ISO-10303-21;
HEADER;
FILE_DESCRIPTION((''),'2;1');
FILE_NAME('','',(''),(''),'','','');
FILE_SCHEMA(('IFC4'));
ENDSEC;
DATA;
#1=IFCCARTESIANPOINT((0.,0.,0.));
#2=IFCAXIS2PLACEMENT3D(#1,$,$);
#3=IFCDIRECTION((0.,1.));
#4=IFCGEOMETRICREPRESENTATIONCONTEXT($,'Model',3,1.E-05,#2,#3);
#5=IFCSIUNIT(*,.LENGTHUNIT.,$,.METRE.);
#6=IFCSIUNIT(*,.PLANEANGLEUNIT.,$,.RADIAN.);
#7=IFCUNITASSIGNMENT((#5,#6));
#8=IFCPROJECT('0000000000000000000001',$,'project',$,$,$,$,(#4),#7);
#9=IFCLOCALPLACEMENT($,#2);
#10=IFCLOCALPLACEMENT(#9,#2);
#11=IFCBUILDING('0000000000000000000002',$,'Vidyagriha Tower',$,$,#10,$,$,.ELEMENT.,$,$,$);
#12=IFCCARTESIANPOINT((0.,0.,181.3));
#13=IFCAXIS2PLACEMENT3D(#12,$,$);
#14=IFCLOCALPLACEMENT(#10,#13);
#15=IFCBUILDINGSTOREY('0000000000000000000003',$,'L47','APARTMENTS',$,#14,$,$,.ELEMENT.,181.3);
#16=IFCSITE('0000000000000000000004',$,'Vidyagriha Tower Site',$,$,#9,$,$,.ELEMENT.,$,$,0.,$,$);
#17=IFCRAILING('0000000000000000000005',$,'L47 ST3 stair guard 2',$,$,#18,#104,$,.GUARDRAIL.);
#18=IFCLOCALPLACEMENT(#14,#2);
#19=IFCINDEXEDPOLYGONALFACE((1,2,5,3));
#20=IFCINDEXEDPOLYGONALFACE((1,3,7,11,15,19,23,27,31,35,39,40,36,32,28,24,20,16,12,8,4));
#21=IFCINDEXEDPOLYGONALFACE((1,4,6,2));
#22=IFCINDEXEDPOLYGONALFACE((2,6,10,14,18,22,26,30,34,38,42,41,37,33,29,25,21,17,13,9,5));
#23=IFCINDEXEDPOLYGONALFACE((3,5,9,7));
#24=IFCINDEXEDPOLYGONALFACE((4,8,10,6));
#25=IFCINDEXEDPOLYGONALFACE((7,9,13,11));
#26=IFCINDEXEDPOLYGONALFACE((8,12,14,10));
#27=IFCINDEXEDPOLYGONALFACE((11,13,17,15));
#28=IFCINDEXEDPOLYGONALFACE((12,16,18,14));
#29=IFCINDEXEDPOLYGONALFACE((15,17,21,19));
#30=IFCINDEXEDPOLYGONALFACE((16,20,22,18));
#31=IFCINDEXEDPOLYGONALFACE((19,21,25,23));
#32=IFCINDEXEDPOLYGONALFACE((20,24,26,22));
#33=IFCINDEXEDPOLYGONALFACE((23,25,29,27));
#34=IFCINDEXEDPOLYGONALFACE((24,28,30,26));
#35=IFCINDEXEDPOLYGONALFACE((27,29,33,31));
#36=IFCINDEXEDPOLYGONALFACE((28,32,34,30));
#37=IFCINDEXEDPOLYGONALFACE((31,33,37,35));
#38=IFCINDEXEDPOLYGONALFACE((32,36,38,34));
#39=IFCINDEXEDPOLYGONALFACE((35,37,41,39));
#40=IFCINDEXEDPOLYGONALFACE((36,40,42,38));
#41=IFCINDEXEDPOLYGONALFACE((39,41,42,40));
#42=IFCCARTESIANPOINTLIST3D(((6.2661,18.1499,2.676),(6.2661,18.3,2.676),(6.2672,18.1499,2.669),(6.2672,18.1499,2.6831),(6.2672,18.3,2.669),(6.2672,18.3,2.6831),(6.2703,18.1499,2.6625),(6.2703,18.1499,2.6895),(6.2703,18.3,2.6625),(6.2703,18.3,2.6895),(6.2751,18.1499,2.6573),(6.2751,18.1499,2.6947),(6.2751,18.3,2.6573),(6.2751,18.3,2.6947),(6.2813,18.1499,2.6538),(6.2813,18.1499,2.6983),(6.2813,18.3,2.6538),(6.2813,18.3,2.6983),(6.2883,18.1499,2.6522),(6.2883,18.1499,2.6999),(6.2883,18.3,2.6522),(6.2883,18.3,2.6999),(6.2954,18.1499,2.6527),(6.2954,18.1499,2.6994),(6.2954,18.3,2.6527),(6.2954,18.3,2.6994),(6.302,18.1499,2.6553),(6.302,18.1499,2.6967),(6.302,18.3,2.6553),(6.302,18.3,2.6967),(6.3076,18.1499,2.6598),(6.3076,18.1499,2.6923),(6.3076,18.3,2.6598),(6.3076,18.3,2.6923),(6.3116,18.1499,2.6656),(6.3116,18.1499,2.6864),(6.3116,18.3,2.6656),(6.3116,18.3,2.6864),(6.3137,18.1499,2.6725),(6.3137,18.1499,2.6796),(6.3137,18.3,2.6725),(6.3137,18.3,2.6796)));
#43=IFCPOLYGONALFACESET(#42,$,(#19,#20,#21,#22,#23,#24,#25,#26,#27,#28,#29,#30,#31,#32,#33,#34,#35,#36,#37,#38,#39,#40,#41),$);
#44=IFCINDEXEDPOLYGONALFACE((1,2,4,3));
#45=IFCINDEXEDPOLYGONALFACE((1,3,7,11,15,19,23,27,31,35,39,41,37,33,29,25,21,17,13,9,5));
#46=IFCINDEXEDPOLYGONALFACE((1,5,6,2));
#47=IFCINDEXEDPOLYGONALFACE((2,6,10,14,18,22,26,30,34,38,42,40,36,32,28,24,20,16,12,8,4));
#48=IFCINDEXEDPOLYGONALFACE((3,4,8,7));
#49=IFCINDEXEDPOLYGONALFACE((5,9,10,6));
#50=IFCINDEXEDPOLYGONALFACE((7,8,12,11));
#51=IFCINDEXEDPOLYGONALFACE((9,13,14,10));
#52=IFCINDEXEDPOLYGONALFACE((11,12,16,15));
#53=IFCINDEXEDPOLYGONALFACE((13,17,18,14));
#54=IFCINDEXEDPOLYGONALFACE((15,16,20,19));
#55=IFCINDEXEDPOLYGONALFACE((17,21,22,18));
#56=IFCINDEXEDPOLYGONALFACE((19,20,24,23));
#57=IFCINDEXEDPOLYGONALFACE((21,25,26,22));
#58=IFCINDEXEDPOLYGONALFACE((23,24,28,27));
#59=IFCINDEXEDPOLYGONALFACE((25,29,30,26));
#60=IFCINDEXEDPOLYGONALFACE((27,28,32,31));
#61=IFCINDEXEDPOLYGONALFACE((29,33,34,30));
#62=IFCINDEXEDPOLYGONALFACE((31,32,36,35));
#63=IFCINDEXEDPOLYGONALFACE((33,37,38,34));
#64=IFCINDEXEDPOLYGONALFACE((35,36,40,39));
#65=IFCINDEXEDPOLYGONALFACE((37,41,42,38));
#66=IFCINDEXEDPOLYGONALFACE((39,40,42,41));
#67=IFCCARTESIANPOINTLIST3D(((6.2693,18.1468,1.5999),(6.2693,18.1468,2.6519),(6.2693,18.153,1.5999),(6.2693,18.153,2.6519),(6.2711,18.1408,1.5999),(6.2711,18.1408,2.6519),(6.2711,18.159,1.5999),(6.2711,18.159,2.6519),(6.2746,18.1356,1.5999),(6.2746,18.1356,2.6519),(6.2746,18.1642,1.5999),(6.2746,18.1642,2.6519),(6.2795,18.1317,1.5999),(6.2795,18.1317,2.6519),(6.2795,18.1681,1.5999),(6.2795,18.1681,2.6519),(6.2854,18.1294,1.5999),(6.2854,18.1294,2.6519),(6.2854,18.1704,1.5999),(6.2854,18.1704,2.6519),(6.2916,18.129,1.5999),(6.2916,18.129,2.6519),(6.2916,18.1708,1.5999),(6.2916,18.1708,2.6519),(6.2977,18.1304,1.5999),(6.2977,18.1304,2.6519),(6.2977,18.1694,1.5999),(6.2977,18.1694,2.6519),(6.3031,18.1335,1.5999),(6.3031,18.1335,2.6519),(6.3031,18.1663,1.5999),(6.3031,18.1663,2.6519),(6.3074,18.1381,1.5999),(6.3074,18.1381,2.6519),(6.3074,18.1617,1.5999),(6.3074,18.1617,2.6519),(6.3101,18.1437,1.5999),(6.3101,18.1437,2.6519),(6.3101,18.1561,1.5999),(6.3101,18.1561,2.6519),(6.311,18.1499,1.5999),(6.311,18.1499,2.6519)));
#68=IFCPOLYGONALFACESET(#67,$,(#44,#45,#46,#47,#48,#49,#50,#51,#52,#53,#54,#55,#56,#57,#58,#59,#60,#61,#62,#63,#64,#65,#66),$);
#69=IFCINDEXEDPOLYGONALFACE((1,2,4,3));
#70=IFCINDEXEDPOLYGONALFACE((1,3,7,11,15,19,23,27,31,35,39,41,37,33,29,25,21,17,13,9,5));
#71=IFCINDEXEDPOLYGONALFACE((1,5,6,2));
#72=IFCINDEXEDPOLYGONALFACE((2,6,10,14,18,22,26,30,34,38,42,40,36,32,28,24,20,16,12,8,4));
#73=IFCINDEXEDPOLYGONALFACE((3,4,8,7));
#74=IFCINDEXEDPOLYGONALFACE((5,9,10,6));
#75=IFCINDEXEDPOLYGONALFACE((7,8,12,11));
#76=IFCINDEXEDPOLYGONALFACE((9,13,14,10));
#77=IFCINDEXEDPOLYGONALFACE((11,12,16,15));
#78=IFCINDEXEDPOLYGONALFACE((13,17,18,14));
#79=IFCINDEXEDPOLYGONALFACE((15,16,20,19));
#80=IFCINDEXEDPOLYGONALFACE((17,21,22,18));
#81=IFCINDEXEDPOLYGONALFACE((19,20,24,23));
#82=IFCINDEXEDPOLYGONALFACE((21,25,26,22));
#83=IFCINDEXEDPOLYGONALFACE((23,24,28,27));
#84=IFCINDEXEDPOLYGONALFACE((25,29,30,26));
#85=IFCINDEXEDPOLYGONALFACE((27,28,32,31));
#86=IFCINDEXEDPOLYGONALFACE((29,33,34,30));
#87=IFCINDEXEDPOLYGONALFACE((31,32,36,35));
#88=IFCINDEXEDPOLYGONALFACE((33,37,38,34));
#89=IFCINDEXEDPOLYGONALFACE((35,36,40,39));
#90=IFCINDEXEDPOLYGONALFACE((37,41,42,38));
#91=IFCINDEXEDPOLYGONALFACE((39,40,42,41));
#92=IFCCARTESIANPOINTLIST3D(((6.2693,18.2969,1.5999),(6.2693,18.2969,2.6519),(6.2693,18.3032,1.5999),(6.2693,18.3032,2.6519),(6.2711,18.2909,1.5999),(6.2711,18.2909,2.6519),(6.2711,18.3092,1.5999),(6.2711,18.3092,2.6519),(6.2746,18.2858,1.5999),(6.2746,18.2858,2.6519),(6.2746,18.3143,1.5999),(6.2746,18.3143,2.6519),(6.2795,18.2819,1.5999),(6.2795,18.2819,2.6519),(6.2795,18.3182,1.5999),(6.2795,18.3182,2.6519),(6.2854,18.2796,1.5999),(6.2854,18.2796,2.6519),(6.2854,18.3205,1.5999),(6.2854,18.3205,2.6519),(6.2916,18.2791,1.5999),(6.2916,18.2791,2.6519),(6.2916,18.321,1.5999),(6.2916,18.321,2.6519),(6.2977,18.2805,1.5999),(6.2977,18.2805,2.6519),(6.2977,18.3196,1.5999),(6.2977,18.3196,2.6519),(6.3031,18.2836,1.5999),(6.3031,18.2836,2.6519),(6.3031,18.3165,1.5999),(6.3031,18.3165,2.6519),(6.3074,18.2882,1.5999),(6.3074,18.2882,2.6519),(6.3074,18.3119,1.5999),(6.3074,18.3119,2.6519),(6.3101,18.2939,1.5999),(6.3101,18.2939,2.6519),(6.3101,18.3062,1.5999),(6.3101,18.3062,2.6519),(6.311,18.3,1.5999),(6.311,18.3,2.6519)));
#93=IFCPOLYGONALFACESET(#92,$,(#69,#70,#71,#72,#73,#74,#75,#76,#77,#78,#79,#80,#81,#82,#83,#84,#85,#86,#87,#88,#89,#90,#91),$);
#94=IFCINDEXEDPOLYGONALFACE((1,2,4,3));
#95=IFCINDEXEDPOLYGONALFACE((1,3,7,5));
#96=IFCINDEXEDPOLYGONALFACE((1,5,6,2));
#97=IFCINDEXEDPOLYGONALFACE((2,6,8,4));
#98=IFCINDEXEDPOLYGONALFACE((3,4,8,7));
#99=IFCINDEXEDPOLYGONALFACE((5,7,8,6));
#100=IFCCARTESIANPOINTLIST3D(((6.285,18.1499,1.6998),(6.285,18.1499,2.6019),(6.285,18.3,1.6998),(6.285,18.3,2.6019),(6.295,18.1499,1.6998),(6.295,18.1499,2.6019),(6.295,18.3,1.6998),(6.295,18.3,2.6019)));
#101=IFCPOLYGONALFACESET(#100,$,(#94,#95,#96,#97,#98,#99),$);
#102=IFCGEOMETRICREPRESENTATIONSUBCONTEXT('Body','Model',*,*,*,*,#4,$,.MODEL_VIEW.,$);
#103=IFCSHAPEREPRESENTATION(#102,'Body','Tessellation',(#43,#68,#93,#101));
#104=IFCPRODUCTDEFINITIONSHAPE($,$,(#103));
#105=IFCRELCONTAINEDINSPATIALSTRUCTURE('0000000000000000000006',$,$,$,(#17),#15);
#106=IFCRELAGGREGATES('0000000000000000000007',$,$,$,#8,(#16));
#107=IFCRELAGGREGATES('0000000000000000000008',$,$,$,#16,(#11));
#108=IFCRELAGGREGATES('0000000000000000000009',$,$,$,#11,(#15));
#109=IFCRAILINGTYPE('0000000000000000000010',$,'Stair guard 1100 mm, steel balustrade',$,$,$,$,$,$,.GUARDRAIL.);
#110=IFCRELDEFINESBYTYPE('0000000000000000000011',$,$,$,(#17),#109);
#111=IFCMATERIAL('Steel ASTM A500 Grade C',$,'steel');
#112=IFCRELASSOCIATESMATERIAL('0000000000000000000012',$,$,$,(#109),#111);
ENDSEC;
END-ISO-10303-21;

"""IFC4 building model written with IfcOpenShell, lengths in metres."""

from ifc_helpers import new_model, si_unit, direction, frame, origin, origin_2d, place, context, subcontext, project, spatial, rectangle, circle, extrude, material, type_object, element, save


model = new_model("IFC4")

# Units and contexts
model_context = context("Model", 3, precision=1e-05, world=origin(), true_north=direction((0.0, 1.0)))
body_context = subcontext(model_context, "Body", "Model", "MODEL_VIEW")
ifc_project = project(units=[si_unit("LENGTHUNIT", "METRE"), si_unit("PLANEANGLEUNIT", "RADIAN")], contexts=[model_context])

# Site, building, storey
site_placement = place(None, origin())
site = spatial("IfcSite", under=ifc_project, at=site_placement, Name="Vidyagriha Tower Site", CompositionType="ELEMENT", RefElevation=0.0)
building_placement = place(site_placement, origin())
building = spatial("IfcBuilding", under=site, at=building_placement, Name="Vidyagriha Tower", CompositionType="ELEMENT")
storey_placement = place(building_placement, frame((0.0, 0.0, 181.3)))
storey = spatial("IfcBuildingStorey", under=building, at=storey_placement, Name="L47", Description="APARTMENTS", CompositionType="ELEMENT", Elevation=181.3)

# Railing
ifc_material_1 = material(Name="Steel ASTM A500 Grade C", Category="steel")
railing_type_1 = type_object("IfcRailingType", Name="Stair guard 1100 mm, steel balustrade", PredefinedType="GUARDRAIL", material=ifc_material_1)
railing_1_placement = place(storey_placement, frame((6.29, 18.1499, 1.5999)))
element("IfcRailing", 1, at=railing_1_placement, inside=storey, type_object=railing_type_1, Name="L47 ST3 stair guard 2", PredefinedType="GUARDRAIL", context=body_context, shape_type="SweptSolid", body=[
    extrude(circle(Radius=0.0239, at=origin_2d()), frame((0.0, 0.0, 1.0762), z_axis=(0.0, 1.0, 0.0), x_axis=(-1.0, 0.0, 0.0)), (0.0, 0.0, 1.0), 0.1501),
    extrude(circle(Radius=0.021, at=origin_2d()), origin(), (0.0, 0.0, 1.0), 1.052),
    extrude(circle(Radius=0.021, at=origin_2d()), frame((0.0, 0.1501, 0.0)), (0.0, 0.0, 1.0), 1.052),
    extrude(rectangle(XDim=0.01, YDim=0.9021, at=origin_2d()), frame((0.0, 0.0, 0.551), z_axis=(0.0, 1.0, 0.0), x_axis=(-1.0, 0.0, 0.0)), (0.0, 0.0, 1.0), 0.1501),
])

save(model, "model.ifc")
